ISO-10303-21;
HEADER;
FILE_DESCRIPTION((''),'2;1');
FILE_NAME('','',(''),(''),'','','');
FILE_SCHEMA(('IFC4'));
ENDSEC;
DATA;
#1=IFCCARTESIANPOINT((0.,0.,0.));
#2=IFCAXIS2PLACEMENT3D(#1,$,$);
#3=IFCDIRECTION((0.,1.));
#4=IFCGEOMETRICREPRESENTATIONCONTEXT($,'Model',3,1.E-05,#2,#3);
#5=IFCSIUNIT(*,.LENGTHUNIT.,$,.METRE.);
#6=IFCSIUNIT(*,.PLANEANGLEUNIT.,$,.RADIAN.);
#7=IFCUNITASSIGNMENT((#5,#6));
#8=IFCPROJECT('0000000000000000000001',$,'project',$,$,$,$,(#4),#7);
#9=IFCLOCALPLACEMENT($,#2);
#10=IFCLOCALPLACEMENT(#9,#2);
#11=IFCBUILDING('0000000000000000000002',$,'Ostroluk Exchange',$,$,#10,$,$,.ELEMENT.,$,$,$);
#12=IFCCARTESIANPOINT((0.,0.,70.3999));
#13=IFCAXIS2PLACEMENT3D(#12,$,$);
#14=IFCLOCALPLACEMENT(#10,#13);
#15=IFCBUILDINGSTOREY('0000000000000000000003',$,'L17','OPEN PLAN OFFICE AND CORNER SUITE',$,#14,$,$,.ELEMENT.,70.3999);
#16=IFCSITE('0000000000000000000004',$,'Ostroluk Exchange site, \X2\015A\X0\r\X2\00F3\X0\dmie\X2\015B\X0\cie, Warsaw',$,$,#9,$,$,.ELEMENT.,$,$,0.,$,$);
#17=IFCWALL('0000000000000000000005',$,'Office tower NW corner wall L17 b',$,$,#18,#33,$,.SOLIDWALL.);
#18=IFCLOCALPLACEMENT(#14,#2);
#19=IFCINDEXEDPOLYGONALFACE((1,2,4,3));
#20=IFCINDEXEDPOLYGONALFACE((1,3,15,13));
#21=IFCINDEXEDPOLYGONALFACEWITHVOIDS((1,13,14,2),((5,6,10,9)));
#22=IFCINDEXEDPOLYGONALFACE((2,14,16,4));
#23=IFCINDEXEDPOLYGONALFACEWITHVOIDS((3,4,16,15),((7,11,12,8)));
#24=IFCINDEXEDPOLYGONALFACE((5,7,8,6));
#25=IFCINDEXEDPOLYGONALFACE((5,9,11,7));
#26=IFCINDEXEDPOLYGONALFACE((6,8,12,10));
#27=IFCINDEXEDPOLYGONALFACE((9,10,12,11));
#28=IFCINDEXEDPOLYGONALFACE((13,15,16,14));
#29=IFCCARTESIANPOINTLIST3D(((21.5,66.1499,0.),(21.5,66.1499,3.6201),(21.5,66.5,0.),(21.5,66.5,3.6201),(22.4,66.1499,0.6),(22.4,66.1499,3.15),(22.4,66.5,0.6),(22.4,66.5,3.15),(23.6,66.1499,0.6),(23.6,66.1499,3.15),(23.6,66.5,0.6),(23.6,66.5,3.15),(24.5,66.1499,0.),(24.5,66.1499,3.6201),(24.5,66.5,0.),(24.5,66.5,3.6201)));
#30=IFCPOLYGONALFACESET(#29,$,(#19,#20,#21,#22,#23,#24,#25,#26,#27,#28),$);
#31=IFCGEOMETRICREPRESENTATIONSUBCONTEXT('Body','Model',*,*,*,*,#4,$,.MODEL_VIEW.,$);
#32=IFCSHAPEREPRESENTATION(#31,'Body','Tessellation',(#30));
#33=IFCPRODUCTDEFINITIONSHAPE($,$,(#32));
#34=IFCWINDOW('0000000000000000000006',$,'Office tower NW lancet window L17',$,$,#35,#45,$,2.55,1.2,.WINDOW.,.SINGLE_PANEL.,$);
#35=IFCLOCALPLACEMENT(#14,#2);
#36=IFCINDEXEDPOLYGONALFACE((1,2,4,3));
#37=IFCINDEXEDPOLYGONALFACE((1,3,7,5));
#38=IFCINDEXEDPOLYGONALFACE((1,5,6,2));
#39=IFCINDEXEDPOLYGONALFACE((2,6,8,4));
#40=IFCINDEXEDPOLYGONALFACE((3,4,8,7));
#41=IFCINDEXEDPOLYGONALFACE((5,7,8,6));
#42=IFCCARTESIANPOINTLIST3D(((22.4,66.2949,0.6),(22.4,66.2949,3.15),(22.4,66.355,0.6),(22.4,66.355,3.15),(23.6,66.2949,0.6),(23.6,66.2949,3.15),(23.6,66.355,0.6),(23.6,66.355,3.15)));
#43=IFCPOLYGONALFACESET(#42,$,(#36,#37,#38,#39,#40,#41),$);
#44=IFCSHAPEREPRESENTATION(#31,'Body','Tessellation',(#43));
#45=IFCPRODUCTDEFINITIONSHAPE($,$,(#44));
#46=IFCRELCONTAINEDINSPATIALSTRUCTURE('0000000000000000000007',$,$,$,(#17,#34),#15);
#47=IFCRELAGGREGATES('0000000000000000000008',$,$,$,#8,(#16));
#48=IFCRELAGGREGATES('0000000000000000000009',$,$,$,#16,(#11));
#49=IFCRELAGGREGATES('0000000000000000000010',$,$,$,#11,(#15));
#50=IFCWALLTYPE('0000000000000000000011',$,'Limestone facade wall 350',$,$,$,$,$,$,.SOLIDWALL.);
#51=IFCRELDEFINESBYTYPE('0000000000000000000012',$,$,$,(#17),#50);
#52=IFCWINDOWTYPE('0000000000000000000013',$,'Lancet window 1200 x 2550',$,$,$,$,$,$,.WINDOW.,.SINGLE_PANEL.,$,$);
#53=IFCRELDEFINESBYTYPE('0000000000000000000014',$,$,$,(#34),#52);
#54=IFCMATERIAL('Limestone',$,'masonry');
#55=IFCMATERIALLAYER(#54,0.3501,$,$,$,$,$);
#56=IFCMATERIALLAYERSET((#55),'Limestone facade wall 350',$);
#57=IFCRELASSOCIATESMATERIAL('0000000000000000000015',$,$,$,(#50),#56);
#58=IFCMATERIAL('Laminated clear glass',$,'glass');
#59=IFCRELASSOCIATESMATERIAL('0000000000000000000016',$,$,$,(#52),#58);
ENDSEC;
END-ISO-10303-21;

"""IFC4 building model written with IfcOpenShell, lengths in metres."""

from ifc_helpers import new_model, si_unit, direction, frame, frame_2d, origin, place, context, subcontext, project, spatial, rectangle, extrude, material, layer, layer_set, type_object, element, fill, save


model = new_model("IFC4")

# Units and contexts
model_context = context("Model", 3, precision=1e-05, world=origin(), true_north=direction((0.0, 1.0)))
body_context = subcontext(model_context, "Body", "Model", "MODEL_VIEW")
ifc_project = project(units=[si_unit("LENGTHUNIT", "METRE"), si_unit("PLANEANGLEUNIT", "RADIAN")], contexts=[model_context])

# Site, building, storey
site_placement = place(None, origin())
site = spatial("IfcSite", under=ifc_project, at=site_placement, Name="Ostroluk Exchange site, Śródmieście, Warsaw", CompositionType="ELEMENT", RefElevation=0.0)
building_placement = place(site_placement, origin())
building = spatial("IfcBuilding", under=site, at=building_placement, Name="Ostroluk Exchange", CompositionType="ELEMENT")
storey_placement = place(building_placement, frame((0.0, 0.0, 70.3999)))
storey = spatial("IfcBuildingStorey", under=building, at=storey_placement, Name="L17", Description="OPEN PLAN OFFICE AND CORNER SUITE", CompositionType="ELEMENT", Elevation=70.3999)

# Shared definitions
ifc_material_1 = material(Name="Limestone", Category="masonry")
ifc_layer_1 = layer(ifc_material_1, 0.3501)
ifc_layer_set_1 = layer_set([ifc_layer_1], Name="Limestone facade wall 350")
wall_type = type_object("IfcWallType", Name="Limestone facade wall 350", PredefinedType="SOLIDWALL", material=ifc_layer_set_1)

# Wall, opening, window
wall_1_placement = place(storey_placement, frame((24.5, 66.325, 0.0), z_axis=(0.0, 0.0, 1.0), x_axis=(-1.0, 0.0, 0.0)))
wall_1 = element("IfcWall", 1, at=wall_1_placement, inside=storey, type_object=wall_type, Name="Office tower NW corner wall L17 b", PredefinedType="SOLIDWALL", context=body_context, shape_type="SweptSolid", body=[
    extrude(rectangle(XDim=3.0, YDim=0.3501, at=frame_2d((1.5, 0.0))), origin(), (0.0, 0.0, 1.0), 3.6201),
])
opening_1_placement = place(wall_1_placement, frame((0.8999, 0.0, 0.6001)))
opening_1 = element("IfcOpeningElement", 2, at=opening_1_placement, cuts=wall_1, PredefinedType="OPENING", context=body_context, shape_type="SweptSolid", body=[
    extrude(rectangle(XDim=1.2, YDim=2.55, at=frame_2d((0.6001, 1.2749))), frame((0.0, 0.1851, 0.0), z_axis=(0.0, -1.0, 0.0), x_axis=(1.0, 0.0, 0.0)), (0.0, 0.0, 1.0), 0.3701),
])
ifc_material_2 = material(Name="Laminated clear glass", Category="glass")
window_type = type_object("IfcWindowType", Name="Lancet window 1200 x 2550", PartitioningType="SINGLE_PANEL", PredefinedType="WINDOW", material=ifc_material_2)
window_placement = place(opening_1_placement, origin())
window = element("IfcWindow", 3, at=window_placement, inside=storey, type_object=window_type, Name="Office tower NW lancet window L17", OverallHeight=2.55, OverallWidth=1.2, PartitioningType="SINGLE_PANEL", PredefinedType="WINDOW", context=body_context, shape_type="SweptSolid", body=[
    extrude(rectangle(XDim=1.2, YDim=2.55, at=frame_2d((0.6001, 1.2749))), frame((0.0, 0.03, 0.0), z_axis=(0.0, -1.0, 0.0), x_axis=(1.0, 0.0, 0.0)), (0.0, 0.0, 1.0), 0.0601),
])
fill(opening_1, window)

save(model, "model.ifc")
